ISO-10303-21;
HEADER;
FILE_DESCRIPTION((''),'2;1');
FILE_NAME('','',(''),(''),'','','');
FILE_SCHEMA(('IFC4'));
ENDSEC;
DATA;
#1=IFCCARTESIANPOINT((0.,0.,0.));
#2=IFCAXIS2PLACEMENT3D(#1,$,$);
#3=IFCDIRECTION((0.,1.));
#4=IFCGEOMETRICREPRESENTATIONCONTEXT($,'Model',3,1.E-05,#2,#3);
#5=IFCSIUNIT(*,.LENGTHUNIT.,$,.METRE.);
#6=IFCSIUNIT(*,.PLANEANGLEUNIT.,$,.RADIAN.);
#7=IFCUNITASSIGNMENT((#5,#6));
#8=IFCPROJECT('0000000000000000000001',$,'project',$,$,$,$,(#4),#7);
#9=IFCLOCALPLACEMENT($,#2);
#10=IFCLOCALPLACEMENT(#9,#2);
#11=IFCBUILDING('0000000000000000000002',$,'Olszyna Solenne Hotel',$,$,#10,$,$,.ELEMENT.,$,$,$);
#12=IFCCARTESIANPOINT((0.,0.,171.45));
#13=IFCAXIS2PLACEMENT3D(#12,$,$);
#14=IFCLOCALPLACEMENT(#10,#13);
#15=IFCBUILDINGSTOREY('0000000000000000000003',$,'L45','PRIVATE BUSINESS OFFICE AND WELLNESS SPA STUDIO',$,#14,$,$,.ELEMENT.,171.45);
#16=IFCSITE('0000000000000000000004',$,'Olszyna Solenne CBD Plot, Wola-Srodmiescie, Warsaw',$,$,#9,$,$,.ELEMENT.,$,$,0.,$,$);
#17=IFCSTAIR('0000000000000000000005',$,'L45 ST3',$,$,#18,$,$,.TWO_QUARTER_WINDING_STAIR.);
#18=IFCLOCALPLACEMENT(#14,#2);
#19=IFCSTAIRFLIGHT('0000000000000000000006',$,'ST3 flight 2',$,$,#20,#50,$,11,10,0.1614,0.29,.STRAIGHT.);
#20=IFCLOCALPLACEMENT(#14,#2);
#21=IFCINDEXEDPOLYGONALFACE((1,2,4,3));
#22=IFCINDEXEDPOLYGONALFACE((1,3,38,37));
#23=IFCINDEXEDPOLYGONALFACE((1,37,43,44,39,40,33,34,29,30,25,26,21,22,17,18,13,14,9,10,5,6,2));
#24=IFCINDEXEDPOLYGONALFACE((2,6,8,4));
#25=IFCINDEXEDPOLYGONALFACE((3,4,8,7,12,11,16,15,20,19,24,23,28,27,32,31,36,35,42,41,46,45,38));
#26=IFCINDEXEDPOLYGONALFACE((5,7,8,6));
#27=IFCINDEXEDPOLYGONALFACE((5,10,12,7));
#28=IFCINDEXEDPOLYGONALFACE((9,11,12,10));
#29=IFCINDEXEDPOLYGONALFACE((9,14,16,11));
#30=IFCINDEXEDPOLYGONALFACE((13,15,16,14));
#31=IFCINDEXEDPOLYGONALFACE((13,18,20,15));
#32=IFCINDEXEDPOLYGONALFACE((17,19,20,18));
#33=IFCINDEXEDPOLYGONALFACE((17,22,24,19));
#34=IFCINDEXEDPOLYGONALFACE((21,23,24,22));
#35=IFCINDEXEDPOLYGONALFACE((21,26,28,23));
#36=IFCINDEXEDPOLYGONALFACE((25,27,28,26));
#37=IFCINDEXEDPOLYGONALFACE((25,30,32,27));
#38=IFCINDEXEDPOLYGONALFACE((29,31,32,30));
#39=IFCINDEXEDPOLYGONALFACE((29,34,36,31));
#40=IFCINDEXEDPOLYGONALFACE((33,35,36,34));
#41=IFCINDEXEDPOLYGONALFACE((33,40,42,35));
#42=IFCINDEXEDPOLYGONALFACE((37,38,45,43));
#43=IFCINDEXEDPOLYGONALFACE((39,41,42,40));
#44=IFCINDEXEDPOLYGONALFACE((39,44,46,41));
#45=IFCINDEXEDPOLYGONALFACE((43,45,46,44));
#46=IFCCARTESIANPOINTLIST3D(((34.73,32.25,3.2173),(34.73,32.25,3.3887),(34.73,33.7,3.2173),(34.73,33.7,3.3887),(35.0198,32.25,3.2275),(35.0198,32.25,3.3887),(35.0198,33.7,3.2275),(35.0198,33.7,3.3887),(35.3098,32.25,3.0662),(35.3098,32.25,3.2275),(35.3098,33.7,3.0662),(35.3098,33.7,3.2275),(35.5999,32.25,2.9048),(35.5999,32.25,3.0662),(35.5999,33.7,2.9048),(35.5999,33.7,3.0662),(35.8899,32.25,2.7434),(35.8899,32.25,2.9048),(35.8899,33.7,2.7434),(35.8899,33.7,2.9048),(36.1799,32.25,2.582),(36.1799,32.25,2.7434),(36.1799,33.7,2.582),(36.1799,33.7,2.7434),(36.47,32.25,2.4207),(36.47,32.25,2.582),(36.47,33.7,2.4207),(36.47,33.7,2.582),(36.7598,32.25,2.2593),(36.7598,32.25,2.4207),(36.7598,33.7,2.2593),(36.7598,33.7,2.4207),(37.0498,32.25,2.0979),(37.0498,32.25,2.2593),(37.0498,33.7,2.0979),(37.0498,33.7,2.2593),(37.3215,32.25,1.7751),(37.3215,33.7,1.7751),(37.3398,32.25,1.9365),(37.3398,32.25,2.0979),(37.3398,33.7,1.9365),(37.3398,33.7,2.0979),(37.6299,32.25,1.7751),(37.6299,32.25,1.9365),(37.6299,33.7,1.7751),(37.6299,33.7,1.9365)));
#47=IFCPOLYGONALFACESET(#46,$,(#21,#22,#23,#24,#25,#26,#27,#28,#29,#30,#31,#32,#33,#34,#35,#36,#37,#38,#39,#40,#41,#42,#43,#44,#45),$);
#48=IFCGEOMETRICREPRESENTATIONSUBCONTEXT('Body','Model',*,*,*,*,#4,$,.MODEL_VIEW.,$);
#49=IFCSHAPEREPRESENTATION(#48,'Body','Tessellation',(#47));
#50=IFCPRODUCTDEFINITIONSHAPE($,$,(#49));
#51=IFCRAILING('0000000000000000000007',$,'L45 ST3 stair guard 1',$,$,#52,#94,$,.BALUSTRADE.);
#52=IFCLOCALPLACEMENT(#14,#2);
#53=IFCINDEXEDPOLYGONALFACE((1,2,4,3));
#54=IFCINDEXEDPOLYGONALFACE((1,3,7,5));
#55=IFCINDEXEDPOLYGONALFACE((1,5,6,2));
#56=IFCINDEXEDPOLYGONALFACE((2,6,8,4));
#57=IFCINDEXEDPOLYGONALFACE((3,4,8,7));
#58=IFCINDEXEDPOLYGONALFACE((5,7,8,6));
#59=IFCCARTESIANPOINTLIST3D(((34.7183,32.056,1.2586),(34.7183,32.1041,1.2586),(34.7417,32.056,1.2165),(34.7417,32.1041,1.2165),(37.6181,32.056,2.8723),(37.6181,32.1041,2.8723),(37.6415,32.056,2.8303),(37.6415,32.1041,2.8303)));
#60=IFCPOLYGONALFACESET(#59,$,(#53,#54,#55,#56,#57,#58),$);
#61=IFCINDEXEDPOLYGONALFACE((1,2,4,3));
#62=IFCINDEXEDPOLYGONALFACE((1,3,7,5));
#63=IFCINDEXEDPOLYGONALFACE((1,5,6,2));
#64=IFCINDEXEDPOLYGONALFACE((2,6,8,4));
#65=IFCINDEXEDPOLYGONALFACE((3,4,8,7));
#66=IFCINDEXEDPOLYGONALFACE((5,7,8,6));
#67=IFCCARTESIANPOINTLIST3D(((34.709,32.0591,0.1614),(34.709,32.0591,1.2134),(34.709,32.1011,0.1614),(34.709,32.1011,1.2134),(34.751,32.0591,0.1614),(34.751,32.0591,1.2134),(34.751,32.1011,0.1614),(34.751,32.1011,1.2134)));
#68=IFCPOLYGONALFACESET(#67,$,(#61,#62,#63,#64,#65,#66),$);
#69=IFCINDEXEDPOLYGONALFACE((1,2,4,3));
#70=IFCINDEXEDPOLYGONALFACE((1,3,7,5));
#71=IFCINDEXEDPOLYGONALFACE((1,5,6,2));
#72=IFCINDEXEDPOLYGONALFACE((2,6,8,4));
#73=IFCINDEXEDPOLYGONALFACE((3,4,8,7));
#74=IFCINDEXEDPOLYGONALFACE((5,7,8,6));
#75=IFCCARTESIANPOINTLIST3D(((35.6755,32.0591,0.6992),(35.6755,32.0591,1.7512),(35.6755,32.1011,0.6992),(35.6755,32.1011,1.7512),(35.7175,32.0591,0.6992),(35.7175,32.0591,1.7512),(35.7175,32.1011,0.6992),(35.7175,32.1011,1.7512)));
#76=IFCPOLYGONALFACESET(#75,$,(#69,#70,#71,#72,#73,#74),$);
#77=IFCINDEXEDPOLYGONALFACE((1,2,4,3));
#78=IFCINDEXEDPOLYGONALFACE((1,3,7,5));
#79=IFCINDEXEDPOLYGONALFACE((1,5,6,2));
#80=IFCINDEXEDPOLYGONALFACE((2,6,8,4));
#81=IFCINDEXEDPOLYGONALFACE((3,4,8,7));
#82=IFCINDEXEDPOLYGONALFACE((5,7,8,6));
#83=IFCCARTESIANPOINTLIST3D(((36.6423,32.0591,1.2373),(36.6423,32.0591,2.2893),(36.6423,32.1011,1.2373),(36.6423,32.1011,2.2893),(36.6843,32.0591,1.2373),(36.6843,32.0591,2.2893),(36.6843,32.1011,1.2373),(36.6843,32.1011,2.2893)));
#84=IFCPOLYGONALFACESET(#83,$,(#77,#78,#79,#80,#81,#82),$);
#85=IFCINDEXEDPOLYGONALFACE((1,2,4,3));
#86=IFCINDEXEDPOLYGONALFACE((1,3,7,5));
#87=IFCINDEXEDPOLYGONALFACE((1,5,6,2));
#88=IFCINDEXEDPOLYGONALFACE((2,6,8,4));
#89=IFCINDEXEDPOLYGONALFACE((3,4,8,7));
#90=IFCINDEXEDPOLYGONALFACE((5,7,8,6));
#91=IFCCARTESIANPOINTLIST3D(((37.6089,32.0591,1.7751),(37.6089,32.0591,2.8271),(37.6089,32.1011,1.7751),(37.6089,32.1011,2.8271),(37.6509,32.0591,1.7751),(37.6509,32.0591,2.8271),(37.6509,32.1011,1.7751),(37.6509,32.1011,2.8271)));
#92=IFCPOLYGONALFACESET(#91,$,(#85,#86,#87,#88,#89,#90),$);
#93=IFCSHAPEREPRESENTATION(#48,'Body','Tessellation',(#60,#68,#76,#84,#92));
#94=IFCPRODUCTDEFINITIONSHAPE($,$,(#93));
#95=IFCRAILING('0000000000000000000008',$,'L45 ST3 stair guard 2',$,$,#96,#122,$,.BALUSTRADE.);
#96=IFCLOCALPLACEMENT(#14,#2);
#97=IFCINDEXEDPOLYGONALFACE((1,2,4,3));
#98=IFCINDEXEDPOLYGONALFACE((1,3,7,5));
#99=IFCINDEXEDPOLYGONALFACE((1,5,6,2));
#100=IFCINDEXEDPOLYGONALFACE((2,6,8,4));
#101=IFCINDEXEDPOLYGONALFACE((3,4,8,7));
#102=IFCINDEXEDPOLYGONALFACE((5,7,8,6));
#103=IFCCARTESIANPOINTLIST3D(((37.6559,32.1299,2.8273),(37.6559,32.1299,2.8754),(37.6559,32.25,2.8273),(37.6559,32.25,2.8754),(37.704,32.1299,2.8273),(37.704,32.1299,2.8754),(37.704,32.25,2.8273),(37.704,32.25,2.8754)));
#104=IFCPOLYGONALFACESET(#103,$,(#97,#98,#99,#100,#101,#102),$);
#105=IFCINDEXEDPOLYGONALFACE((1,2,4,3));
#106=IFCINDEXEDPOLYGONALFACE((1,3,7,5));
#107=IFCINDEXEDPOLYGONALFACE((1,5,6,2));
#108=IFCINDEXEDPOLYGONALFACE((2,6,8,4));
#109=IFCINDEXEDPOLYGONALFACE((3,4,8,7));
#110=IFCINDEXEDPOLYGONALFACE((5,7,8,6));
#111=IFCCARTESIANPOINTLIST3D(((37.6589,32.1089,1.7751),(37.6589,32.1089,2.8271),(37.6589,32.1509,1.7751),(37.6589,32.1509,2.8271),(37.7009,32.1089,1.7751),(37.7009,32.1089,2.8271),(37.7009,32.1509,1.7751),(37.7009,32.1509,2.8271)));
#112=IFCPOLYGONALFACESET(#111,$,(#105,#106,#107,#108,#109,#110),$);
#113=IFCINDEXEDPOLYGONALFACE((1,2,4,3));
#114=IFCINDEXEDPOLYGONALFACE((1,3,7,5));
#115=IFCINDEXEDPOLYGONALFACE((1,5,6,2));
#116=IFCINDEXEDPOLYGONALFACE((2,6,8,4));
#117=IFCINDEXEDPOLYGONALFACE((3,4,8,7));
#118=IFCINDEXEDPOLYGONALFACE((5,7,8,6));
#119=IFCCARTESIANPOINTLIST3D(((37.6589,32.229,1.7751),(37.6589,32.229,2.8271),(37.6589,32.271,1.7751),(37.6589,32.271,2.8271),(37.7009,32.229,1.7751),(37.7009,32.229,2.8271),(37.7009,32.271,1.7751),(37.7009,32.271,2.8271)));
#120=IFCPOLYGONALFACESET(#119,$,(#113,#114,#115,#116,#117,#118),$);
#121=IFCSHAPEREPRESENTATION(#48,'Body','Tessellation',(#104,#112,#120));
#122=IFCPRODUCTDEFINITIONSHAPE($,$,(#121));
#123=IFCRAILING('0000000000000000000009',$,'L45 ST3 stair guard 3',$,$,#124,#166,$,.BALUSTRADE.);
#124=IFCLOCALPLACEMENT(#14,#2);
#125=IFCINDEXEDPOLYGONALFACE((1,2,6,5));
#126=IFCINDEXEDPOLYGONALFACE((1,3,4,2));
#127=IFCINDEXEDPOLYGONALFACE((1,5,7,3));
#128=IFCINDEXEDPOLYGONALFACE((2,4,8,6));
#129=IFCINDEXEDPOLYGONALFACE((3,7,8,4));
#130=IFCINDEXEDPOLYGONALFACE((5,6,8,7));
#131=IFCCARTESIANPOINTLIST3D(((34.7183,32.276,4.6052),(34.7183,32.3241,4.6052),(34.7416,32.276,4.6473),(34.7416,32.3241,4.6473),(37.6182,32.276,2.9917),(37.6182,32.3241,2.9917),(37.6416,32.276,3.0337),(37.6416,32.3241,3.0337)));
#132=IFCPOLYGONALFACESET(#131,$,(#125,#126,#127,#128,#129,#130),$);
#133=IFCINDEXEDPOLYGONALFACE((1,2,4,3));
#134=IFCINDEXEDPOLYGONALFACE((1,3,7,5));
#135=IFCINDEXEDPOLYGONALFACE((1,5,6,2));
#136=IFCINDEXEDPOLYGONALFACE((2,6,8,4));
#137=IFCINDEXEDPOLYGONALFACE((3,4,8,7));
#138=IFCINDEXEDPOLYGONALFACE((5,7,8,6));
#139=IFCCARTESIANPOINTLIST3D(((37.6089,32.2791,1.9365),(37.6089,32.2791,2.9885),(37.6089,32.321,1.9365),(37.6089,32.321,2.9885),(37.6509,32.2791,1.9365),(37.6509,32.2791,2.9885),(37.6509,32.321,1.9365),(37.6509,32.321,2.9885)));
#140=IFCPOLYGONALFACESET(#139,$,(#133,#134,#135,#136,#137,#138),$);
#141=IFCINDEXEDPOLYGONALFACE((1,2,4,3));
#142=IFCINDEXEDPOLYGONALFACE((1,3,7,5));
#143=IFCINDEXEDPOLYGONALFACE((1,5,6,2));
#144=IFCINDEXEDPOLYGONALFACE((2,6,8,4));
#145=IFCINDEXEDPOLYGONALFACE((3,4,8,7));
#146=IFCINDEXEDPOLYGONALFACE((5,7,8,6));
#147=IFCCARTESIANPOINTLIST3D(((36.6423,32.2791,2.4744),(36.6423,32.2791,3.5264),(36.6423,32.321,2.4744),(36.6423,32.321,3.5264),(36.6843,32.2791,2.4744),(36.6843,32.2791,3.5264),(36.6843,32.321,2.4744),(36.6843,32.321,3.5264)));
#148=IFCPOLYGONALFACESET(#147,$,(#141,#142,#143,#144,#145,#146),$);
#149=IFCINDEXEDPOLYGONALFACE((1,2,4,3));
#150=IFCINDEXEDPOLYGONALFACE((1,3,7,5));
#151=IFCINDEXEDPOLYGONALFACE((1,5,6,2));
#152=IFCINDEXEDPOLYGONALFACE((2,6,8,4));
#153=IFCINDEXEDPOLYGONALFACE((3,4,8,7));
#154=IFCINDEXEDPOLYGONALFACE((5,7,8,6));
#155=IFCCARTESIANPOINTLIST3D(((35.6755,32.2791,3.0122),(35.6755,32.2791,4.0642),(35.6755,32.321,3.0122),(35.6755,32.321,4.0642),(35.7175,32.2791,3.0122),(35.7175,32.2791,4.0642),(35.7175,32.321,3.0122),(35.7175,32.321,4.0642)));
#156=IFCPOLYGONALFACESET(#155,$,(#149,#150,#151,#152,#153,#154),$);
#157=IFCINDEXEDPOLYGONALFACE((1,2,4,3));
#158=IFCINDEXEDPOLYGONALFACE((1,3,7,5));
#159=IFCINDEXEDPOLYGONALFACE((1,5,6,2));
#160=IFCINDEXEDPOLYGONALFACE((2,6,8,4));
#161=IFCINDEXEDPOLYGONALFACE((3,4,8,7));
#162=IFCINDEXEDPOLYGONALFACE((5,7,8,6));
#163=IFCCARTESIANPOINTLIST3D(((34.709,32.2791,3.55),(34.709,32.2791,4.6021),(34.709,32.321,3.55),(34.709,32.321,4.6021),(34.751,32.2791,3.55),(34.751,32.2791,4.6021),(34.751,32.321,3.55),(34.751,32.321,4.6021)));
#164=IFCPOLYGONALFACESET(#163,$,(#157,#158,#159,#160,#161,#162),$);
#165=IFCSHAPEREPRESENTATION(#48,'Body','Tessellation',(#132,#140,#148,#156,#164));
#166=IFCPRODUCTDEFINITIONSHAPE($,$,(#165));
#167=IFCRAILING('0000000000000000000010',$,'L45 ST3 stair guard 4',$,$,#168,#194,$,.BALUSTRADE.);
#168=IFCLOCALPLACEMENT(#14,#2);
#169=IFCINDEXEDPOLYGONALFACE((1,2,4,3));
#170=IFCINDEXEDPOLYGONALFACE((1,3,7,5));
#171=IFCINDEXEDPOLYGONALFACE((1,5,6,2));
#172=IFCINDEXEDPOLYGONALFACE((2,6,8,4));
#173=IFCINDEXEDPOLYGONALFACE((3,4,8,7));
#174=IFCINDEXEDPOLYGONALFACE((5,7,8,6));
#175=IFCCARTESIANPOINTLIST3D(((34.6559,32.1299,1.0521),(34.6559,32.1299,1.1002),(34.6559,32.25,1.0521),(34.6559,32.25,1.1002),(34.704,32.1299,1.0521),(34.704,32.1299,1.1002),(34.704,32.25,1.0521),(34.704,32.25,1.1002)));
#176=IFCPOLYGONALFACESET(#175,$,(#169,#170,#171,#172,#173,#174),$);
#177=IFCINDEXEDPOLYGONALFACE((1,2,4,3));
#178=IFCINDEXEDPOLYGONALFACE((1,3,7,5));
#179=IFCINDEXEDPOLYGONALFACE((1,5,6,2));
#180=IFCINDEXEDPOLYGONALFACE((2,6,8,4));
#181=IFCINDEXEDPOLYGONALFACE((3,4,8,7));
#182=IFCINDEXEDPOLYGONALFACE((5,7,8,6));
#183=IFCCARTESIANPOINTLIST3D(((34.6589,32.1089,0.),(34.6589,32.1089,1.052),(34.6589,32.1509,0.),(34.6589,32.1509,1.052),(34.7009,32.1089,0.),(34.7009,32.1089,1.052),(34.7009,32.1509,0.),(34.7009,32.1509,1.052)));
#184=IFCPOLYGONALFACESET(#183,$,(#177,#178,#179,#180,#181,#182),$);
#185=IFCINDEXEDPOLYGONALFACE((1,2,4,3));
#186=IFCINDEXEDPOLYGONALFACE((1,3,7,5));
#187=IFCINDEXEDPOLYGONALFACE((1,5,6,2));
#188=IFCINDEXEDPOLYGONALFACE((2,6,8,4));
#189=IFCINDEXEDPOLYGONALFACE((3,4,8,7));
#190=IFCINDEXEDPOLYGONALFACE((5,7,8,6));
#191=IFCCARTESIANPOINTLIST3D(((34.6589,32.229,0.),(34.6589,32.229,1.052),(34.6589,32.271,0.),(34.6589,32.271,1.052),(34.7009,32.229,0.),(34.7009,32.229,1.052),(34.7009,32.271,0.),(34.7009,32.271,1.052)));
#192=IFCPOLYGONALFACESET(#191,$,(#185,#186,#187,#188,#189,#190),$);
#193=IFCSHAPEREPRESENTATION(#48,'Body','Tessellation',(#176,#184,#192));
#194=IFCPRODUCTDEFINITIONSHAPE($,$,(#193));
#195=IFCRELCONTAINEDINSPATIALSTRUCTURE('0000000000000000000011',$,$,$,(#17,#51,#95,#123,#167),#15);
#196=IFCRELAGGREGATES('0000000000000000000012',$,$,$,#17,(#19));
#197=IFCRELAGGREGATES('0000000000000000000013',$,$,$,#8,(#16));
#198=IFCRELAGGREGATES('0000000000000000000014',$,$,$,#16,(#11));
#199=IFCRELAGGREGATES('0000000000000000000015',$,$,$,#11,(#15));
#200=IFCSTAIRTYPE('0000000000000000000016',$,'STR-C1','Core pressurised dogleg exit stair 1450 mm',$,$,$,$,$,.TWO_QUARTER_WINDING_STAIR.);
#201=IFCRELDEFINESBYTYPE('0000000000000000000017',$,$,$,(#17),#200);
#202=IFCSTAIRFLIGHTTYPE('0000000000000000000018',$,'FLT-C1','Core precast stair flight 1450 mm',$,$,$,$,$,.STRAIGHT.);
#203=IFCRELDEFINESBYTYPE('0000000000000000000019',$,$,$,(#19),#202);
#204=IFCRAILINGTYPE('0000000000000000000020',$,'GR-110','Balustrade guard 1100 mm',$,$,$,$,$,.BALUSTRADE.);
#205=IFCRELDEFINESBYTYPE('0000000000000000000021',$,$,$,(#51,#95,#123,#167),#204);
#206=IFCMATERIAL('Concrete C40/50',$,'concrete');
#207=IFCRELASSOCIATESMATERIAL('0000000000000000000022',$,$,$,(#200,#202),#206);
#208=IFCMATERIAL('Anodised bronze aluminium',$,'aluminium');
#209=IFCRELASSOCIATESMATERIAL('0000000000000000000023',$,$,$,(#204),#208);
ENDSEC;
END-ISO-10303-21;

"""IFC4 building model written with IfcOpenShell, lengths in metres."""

from ifc_helpers import new_model, si_unit, direction, frame, origin, origin_2d, place, context, subcontext, project, spatial, polyline, rectangle, outline, extrude, material, type_object, element, aggregate, save


model = new_model("IFC4")

# Units and contexts
model_context = context("Model", 3, precision=1e-05, world=origin(), true_north=direction((0.0, 1.0)))
body_context = subcontext(model_context, "Body", "Model", "MODEL_VIEW")
ifc_project = project(units=[si_unit("LENGTHUNIT", "METRE"), si_unit("PLANEANGLEUNIT", "RADIAN")], contexts=[model_context])

# Site, building, storey
site_placement = place(None, origin())
site = spatial("IfcSite", under=ifc_project, at=site_placement, Name="Olszyna Solenne CBD Plot, Wola-Srodmiescie, Warsaw", CompositionType="ELEMENT", RefElevation=0.0)
building_placement = place(site_placement, origin())
building = spatial("IfcBuilding", under=site, at=building_placement, Name="Olszyna Solenne Hotel", CompositionType="ELEMENT")
storey_placement = place(building_placement, frame((0.0, 0.0, 171.45)))
storey = spatial("IfcBuildingStorey", under=building, at=storey_placement, Name="L45", Description="PRIVATE BUSINESS OFFICE AND WELLNESS SPA STUDIO", CompositionType="ELEMENT", Elevation=171.45)

# Shared definitions
ifc_material_1 = material(Name="Anodised bronze aluminium", Category="aluminium")

# Stair, stair flight
ifc_material_2 = material(Name="Concrete C40/50", Category="concrete")
stair_type = type_object("IfcStairType", Name="STR-C1", Description="Core pressurised dogleg exit stair 1450 mm", PredefinedType="TWO_QUARTER_WINDING_STAIR", material=ifc_material_2)
stair_placement = place(storey_placement, origin())
stair = element("IfcStair", 1, at=stair_placement, inside=storey, type_object=stair_type, Name="L45 ST3", PredefinedType="TWO_QUARTER_WINDING_STAIR")
stair_flight_type = type_object("IfcStairFlightType", Name="FLT-C1", Description="Core precast stair flight 1450 mm", PredefinedType="STRAIGHT", material=ifc_material_2)
stair_flight_1_placement = place(storey_placement, frame((37.6299, 32.9751, 1.7751), z_axis=(0.0, 0.0, 1.0), x_axis=(-1.0, 0.0, 0.0)))
stair_flight_1 = element("IfcStairFlight", 2, at=stair_flight_1_placement, type_object=stair_flight_type, Name="ST3 flight 2", NumberOfRisers=11, NumberOfTreads=10, PredefinedType="STRAIGHT", RiserHeight=0.1614, TreadLength=0.29, context=body_context, shape_type="SweptSolid", body=[
    extrude(outline(polyline([(0.0, 0.0), (0.0, 0.1614), (0.29, 0.1614), (0.29, 0.3228), (0.5801, 0.3228), (0.5801, 0.4841), (0.8701, 0.4841), (0.8701, 0.6455), (1.1599, 0.6455), (1.1599, 0.8069), (1.45, 0.8069), (1.45, 0.9683), (1.74, 0.9683), (1.74, 1.1296), (2.03, 1.1296), (2.03, 1.291), (2.3201, 1.291), (2.3201, 1.4524), (2.6101, 1.4524), (2.6101, 1.6135), (2.8999, 1.6135), (2.8999, 1.7749), (2.8999, 1.4421), (0.3083, 0.0), (0.0, 0.0)])), frame((0.0, 0.7251, 0.0), z_axis=(0.0, -1.0, 0.0), x_axis=(1.0, 0.0, 0.0)), (0.0, 0.0, 1.0), 1.45),
])
aggregate(stair, [stair_flight_1])

# Railings
railing_type_1 = type_object("IfcRailingType", Name="GR-110", Description="Balustrade guard 1100 mm", PredefinedType="BALUSTRADE", material=ifc_material_1)
railing_1_placement = place(storey_placement, frame((34.73, 32.0801, 0.1614)))
element("IfcRailing", 3, at=railing_1_placement, inside=storey, type_object=railing_type_1, Name="L45 ST3 stair guard 1", PredefinedType="BALUSTRADE", context=body_context, shape_type="SweptSolid", body=[
    extrude(rectangle(XDim=0.0481, YDim=0.0481, at=origin_2d()), frame((0.0, 0.0, 1.0762), z_axis=(0.87381, 0.0, 0.486267), x_axis=(0.0, 1.0, 0.0)), (0.0, 0.0, 1.0), 3.3186),
    extrude(rectangle(XDim=0.042, YDim=0.042, at=origin_2d()), origin(), (0.0, 0.0, 1.0), 1.052),
    extrude(rectangle(XDim=0.042, YDim=0.042, at=origin_2d()), frame((0.9666, 0.0, 0.5378)), (0.0, 0.0, 1.0), 1.052),
    extrude(rectangle(XDim=0.042, YDim=0.042, at=origin_2d()), frame((1.9333, 0.0, 1.0759)), (0.0, 0.0, 1.0), 1.052),
    extrude(rectangle(XDim=0.042, YDim=0.042, at=origin_2d()), frame((2.8999, 0.0, 1.6138)), (0.0, 0.0, 1.0), 1.052),
])
railing_2_placement = place(storey_placement, frame((37.6799, 32.1299, 1.7751)))
element("IfcRailing", 4, at=railing_2_placement, inside=storey, type_object=railing_type_1, Name="L45 ST3 stair guard 2", PredefinedType="BALUSTRADE", context=body_context, shape_type="SweptSolid", body=[
    extrude(rectangle(XDim=0.0481, YDim=0.0481, at=origin_2d()), frame((0.0, 0.0, 1.0762), z_axis=(0.0, 1.0, 0.0), x_axis=(-1.0, 0.0, 0.0)), (0.0, 0.0, 1.0), 0.1201),
    extrude(rectangle(XDim=0.042, YDim=0.042, at=origin_2d()), origin(), (0.0, 0.0, 1.0), 1.052),
    extrude(rectangle(XDim=0.042, YDim=0.042, at=origin_2d()), frame((0.0, 0.1201, 0.0)), (0.0, 0.0, 1.0), 1.052),
])
railing_3_placement = place(storey_placement, frame((37.6299, 32.3, 1.9365)))
element("IfcRailing", 5, at=railing_3_placement, inside=storey, type_object=railing_type_1, Name="L45 ST3 stair guard 3", PredefinedType="BALUSTRADE", context=body_context, shape_type="SweptSolid", body=[
    extrude(rectangle(XDim=0.0481, YDim=0.0481, at=origin_2d()), frame((0.0, 0.0, 1.0762), z_axis=(-0.873841, 0.0, 0.486211), x_axis=(0.0, -1.0, 0.0)), (0.0, 0.0, 1.0), 3.3186),
    extrude(rectangle(XDim=0.042, YDim=0.042, at=origin_2d()), origin(), (0.0, 0.0, 1.0), 1.052),
    extrude(rectangle(XDim=0.042, YDim=0.042, at=origin_2d()), frame((-0.9666, 0.0, 0.5378)), (0.0, 0.0, 1.0), 1.052),
    extrude(rectangle(XDim=0.042, YDim=0.042, at=origin_2d()), frame((-1.9333, 0.0, 1.0757)), (0.0, 0.0, 1.0), 1.052),
    extrude(rectangle(XDim=0.042, YDim=0.042, at=origin_2d()), frame((-2.8999, 0.0, 1.6135)), (0.0, 0.0, 1.0), 1.052),
])
railing_4_placement = place(storey_placement, frame((34.6799, 32.1299, 0.0)))
element("IfcRailing", 6, at=railing_4_placement, inside=storey, type_object=railing_type_1, Name="L45 ST3 stair guard 4", PredefinedType="BALUSTRADE", context=body_context, shape_type="SweptSolid", body=[
    extrude(rectangle(XDim=0.0481, YDim=0.0481, at=origin_2d()), frame((0.0, 0.0, 1.0762), z_axis=(0.0, 1.0, 0.0), x_axis=(-1.0, 0.0, 0.0)), (0.0, 0.0, 1.0), 0.1201),
    extrude(rectangle(XDim=0.042, YDim=0.042, at=origin_2d()), origin(), (0.0, 0.0, 1.0), 1.052),
    extrude(rectangle(XDim=0.042, YDim=0.042, at=origin_2d()), frame((0.0, 0.1201, 0.0)), (0.0, 0.0, 1.0), 1.052),
])

save(model, "model.ifc")
